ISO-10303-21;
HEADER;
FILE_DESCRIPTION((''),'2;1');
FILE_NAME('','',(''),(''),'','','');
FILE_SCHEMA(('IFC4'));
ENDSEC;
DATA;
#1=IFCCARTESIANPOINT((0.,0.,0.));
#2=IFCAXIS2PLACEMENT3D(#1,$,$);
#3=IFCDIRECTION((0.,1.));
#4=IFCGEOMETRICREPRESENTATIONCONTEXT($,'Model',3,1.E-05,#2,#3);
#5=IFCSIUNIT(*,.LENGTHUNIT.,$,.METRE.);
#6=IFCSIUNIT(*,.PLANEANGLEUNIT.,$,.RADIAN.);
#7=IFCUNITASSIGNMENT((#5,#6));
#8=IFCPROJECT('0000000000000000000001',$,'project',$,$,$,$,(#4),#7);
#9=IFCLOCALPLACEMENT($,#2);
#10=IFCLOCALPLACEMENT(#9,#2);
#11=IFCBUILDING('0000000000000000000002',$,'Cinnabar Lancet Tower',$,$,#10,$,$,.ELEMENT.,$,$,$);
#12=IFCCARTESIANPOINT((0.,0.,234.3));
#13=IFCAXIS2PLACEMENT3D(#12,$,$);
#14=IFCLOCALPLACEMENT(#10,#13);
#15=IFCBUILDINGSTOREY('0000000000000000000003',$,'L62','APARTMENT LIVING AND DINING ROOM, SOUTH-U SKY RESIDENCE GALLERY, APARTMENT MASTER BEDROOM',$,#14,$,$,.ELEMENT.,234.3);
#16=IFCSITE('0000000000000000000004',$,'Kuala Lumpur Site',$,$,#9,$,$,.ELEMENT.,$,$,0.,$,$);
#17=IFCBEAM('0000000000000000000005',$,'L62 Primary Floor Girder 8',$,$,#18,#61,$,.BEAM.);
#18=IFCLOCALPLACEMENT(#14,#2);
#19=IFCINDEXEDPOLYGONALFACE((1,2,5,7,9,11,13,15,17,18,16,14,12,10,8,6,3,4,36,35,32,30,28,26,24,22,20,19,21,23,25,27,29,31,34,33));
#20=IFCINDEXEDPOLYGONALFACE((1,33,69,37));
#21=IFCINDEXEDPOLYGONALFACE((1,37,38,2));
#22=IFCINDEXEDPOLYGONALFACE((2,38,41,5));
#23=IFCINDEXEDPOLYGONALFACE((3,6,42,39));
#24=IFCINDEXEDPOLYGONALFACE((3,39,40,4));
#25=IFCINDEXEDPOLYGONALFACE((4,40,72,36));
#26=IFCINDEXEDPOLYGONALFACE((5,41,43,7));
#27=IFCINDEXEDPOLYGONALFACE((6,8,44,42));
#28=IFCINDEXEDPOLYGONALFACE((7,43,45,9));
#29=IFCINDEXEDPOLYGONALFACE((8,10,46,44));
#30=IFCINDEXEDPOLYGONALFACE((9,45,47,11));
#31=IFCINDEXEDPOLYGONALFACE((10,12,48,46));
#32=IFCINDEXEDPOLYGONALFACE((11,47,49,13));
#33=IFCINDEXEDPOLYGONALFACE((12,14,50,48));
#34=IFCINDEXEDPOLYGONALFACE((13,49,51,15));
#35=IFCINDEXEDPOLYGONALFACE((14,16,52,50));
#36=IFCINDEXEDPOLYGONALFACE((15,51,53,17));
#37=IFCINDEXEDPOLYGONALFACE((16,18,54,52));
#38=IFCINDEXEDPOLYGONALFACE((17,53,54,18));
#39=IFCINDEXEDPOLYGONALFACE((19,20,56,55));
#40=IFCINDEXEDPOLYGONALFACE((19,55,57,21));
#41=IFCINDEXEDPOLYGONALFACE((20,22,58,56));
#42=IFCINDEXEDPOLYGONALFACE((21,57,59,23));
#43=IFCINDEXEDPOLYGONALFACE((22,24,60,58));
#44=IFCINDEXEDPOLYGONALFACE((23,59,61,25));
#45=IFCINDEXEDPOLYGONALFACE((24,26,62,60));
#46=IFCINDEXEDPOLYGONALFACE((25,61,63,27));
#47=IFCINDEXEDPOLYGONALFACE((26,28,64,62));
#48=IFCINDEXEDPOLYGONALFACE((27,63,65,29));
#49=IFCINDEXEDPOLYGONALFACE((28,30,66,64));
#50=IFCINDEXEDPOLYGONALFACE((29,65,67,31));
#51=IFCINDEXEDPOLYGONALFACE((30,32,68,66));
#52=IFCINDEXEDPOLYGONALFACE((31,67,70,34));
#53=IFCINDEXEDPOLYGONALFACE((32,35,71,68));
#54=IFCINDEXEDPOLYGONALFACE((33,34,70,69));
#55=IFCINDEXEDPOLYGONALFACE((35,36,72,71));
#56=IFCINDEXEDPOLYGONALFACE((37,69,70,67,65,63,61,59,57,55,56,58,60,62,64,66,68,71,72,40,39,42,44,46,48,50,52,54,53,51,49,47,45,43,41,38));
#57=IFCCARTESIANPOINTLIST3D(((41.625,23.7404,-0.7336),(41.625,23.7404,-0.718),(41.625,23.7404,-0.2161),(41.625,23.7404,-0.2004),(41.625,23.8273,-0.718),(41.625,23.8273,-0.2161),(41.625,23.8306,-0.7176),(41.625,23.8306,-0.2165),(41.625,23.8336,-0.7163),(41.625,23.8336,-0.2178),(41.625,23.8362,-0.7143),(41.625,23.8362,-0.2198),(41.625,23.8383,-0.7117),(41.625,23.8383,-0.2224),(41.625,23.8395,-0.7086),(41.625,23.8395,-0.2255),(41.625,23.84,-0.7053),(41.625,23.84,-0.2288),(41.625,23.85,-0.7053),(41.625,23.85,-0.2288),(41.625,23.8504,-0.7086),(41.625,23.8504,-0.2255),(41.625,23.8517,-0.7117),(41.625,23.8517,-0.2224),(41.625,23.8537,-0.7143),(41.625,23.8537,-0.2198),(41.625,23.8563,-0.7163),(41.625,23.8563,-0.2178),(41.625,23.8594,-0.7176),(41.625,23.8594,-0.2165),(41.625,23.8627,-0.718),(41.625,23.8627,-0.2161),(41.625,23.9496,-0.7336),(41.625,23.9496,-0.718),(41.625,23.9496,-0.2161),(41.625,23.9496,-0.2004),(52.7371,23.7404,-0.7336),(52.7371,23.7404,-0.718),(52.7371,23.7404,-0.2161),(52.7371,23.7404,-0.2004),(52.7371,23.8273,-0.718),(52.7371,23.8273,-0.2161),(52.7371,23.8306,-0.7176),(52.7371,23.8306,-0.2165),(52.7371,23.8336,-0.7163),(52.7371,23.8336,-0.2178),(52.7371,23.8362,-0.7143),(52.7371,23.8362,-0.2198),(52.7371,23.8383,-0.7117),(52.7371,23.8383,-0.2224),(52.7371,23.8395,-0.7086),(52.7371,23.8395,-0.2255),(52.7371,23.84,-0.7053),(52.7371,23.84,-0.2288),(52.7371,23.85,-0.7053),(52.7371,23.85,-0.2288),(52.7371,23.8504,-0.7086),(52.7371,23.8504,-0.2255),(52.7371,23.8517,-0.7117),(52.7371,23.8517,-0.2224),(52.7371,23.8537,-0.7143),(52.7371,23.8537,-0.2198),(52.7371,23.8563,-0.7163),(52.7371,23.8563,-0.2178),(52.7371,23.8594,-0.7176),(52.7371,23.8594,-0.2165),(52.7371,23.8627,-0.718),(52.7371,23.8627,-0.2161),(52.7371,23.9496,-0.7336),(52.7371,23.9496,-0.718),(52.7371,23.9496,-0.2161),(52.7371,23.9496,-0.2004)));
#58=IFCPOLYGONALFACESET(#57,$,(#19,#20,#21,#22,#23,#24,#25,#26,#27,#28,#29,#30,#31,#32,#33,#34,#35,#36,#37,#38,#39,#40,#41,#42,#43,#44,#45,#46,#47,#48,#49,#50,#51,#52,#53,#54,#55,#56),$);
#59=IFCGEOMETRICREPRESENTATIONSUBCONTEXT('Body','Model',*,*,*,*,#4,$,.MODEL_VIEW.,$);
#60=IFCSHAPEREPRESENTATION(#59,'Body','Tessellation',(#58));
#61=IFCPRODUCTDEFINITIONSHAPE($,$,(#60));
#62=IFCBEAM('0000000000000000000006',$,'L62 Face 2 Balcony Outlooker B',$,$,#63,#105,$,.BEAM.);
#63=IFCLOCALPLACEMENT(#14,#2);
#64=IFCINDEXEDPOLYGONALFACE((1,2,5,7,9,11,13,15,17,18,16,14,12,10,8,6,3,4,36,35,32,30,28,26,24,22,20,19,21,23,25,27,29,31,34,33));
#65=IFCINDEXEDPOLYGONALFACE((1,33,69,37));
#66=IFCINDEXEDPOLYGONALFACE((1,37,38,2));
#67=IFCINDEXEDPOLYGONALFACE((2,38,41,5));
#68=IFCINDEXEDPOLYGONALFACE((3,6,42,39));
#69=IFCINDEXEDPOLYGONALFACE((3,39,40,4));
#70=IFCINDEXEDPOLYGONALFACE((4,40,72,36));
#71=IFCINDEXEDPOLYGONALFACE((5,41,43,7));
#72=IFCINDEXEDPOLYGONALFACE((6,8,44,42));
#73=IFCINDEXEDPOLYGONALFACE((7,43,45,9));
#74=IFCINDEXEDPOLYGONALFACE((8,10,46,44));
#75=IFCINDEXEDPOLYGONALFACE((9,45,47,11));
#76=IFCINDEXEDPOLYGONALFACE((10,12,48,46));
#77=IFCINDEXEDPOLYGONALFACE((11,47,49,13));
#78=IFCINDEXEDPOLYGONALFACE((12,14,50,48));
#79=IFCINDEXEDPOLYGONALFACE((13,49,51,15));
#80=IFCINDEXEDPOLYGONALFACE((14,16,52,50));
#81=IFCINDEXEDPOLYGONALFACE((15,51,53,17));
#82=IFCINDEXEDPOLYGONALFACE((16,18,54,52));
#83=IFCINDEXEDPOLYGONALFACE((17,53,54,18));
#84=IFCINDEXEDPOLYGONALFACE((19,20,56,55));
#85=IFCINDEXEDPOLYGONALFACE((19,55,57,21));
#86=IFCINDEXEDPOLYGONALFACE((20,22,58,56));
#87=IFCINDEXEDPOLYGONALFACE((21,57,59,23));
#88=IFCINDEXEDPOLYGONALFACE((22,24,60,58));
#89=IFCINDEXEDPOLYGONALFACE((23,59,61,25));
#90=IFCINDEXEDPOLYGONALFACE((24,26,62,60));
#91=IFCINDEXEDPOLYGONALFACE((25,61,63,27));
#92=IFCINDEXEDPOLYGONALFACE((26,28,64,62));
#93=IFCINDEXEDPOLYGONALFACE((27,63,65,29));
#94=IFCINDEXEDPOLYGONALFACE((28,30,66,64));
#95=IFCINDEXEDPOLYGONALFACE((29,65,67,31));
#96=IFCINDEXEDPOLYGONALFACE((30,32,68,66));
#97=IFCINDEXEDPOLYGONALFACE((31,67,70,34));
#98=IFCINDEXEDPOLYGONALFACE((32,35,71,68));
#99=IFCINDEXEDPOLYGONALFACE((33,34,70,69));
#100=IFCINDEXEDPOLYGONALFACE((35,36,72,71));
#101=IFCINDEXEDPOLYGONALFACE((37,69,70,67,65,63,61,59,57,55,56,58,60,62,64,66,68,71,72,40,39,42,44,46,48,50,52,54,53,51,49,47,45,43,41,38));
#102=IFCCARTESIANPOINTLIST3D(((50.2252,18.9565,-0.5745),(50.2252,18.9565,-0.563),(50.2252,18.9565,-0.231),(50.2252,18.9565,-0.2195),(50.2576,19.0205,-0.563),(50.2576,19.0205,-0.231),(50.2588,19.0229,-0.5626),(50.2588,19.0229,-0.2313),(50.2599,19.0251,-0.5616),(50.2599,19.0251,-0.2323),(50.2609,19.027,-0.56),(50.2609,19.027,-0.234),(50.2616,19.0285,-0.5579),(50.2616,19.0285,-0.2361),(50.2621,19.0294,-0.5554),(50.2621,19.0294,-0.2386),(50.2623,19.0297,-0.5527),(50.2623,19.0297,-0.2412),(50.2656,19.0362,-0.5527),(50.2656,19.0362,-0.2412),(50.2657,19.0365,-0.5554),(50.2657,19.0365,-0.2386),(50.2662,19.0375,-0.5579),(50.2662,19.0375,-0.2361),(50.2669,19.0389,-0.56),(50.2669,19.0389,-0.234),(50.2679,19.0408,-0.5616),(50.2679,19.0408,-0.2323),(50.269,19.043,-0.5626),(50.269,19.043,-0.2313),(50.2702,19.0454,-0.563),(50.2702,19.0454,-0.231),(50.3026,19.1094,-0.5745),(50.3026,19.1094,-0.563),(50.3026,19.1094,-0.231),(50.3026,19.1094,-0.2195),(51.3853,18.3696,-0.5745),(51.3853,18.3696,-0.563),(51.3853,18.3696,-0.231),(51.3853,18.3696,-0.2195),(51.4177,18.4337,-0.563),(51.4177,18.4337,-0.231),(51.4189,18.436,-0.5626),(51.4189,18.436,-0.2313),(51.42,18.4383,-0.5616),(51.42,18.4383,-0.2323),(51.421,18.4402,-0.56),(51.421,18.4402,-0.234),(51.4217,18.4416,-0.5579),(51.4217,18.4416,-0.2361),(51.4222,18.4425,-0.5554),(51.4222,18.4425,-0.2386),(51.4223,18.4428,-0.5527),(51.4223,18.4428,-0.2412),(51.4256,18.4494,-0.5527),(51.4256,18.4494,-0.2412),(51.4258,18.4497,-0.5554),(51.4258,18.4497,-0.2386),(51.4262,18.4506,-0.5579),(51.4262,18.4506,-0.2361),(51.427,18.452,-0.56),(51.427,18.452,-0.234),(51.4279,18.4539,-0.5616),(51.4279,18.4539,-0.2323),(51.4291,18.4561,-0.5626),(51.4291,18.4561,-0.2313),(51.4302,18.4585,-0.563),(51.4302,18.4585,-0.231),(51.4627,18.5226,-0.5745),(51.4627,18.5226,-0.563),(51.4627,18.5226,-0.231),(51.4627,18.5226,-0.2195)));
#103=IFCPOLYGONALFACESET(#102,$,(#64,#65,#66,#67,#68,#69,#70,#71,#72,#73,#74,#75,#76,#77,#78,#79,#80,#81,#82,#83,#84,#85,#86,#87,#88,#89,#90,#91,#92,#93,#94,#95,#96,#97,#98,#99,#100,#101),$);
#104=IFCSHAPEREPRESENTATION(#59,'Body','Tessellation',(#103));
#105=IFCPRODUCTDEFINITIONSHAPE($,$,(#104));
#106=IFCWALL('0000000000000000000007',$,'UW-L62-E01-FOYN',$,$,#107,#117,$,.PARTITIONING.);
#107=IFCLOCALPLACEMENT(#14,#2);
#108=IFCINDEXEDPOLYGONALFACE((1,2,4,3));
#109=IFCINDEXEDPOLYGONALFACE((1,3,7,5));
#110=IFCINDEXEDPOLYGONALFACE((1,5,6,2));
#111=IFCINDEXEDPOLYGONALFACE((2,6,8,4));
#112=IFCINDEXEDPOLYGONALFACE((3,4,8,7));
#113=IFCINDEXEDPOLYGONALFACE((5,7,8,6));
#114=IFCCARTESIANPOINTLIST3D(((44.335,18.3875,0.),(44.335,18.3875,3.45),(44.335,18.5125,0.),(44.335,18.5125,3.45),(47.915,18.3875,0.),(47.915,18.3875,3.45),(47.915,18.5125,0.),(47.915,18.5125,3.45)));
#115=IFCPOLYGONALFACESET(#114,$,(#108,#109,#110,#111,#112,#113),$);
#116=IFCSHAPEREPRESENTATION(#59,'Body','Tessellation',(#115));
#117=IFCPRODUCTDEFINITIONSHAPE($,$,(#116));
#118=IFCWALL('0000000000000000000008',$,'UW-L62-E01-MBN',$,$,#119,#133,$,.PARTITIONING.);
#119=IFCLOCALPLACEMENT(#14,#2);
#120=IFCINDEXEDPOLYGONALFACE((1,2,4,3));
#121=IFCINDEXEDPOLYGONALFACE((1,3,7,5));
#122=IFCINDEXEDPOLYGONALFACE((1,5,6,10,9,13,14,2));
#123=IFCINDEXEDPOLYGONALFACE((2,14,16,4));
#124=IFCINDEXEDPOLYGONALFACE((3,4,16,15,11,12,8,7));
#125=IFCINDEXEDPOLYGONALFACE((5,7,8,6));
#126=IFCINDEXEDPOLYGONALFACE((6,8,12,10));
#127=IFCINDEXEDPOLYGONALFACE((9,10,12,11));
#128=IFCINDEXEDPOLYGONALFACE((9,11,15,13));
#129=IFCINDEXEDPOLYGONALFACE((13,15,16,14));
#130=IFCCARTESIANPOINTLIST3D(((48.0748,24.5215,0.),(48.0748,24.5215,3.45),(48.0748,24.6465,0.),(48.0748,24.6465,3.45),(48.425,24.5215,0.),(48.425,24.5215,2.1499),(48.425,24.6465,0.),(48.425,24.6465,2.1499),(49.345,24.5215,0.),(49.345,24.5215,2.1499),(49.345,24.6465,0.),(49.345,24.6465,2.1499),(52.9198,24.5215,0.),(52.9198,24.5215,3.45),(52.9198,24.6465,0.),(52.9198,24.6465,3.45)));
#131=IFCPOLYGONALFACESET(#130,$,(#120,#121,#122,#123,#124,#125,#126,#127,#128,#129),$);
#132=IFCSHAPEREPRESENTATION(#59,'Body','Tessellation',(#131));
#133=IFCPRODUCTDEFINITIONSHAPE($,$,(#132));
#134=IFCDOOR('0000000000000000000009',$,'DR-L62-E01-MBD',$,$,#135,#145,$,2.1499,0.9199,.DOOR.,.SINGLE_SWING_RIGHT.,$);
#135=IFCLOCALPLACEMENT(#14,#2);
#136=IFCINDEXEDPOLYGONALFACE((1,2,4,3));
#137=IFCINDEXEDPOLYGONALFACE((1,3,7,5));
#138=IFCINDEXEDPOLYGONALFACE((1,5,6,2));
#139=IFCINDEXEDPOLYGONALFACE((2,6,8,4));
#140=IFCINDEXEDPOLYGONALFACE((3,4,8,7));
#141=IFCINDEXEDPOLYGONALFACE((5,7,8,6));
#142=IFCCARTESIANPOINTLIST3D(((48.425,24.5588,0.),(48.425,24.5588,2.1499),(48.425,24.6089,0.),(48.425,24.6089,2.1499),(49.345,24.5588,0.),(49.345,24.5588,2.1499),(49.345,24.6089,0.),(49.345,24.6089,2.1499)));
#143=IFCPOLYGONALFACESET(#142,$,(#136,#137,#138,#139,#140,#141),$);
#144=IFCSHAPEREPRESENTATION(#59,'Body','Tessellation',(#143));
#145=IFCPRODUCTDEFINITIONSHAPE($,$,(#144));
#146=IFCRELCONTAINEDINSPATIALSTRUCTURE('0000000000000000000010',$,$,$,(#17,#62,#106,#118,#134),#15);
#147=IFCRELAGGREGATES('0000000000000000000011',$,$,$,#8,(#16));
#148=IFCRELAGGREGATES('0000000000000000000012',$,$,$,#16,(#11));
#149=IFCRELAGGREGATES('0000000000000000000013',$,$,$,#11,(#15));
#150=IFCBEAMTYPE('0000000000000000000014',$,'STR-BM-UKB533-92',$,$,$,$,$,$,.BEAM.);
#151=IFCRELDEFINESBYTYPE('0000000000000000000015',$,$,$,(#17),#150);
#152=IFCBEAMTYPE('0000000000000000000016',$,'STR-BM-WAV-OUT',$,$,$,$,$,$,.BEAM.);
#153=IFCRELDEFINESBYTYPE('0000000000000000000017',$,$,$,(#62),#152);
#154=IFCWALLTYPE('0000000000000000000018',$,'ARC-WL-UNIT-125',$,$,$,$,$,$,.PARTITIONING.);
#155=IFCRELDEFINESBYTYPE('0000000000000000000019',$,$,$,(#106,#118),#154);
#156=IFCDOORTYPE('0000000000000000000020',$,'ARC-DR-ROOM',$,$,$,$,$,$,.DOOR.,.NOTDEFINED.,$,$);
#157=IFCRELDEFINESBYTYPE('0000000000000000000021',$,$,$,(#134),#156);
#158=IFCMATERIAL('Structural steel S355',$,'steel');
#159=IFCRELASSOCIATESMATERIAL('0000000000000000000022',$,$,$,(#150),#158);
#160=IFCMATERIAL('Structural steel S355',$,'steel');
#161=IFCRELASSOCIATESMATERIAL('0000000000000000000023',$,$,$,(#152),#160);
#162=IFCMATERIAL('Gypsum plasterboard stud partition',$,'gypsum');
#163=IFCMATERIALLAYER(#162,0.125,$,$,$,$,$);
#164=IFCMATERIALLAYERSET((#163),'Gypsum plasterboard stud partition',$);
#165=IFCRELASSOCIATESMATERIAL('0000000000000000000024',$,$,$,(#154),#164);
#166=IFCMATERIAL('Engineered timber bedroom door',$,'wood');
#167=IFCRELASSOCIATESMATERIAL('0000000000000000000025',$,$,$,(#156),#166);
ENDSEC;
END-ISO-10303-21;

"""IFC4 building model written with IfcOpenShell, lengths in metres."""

from ifc_helpers import new_model, si_unit, direction, frame, frame_2d, origin, origin_2d, place, context, subcontext, project, spatial, rectangle, i_section, extrude, material, layer, layer_set, material_profile, profile_set, type_object, element, fill, save


model = new_model("IFC4")

# Units and contexts
model_context = context("Model", 3, precision=1e-05, world=origin(), true_north=direction((0.0, 1.0)))
body_context = subcontext(model_context, "Body", "Model", "MODEL_VIEW")
ifc_project = project(units=[si_unit("LENGTHUNIT", "METRE"), si_unit("PLANEANGLEUNIT", "RADIAN")], contexts=[model_context])

# Site, building, storey
site_placement = place(None, origin())
site = spatial("IfcSite", under=ifc_project, at=site_placement, Name="Kuala Lumpur Site", CompositionType="ELEMENT", RefElevation=0.0)
building_placement = place(site_placement, origin())
building = spatial("IfcBuilding", under=site, at=building_placement, Name="Cinnabar Lancet Tower", CompositionType="ELEMENT")
storey_placement = place(building_placement, frame((0.0, 0.0, 234.3)))
storey = spatial("IfcBuildingStorey", under=building, at=storey_placement, Name="L62", Description="APARTMENT LIVING AND DINING ROOM, SOUTH-U SKY RESIDENCE GALLERY, APARTMENT MASTER BEDROOM", CompositionType="ELEMENT", Elevation=234.3)

# Beams
ifc_material_1 = material(Name="Structural steel S355", Category="steel")
ifc_material_profile_1 = material_profile(ifc_material_1, i_section(OverallWidth=0.2092, OverallDepth=0.5332, WebThickness=0.01, FlangeThickness=0.0156, FilletRadius=0.0127, at=origin_2d()), Name="UKB 533x210x92")
ifc_profile_set_1 = profile_set([ifc_material_profile_1], Name="Structural steel S355")
beam_type_1 = type_object("IfcBeamType", Name="STR-BM-UKB533-92", PredefinedType="BEAM", material=ifc_profile_set_1)
beam_1_placement = place(storey_placement, frame((52.7371, 23.845, -0.467), z_axis=(-1.0, 0.0, 0.0), x_axis=(0.0, -1.0, 0.0)))
element("IfcBeam", 1, at=beam_1_placement, inside=storey, type_object=beam_type_1, Name="L62 Primary Floor Girder 8", PredefinedType="BEAM", context=body_context, shape_type="SweptSolid", body=[
    extrude(i_section(OverallWidth=0.2092, OverallDepth=0.5332, WebThickness=0.01, FlangeThickness=0.0156, FilletRadius=0.0127, at=origin_2d()), origin(), (0.0, 0.0, 1.0), 11.1121),
])
ifc_material_2 = material(Name="Structural steel S355", Category="steel")
ifc_material_profile_2 = material_profile(ifc_material_2, i_section(OverallWidth=0.1714, OverallDepth=0.355, WebThickness=0.0073, FlangeThickness=0.0115, FilletRadius=0.0103, at=origin_2d()), Name="UKB 356x171x51")
ifc_profile_set_2 = profile_set([ifc_material_profile_2], Name="Structural steel S355")
beam_type_2 = type_object("IfcBeamType", Name="STR-BM-WAV-OUT", PredefinedType="BEAM", material=ifc_profile_set_2)
beam_2_placement = place(storey_placement, frame((50.2639, 19.033, -0.397), z_axis=(0.892314, -0.451415, 0.0), x_axis=(0.451415, 0.892314, 0.0)))
element("IfcBeam", 2, at=beam_2_placement, inside=storey, type_object=beam_type_2, Name="L62 Face 2 Balcony Outlooker B", PredefinedType="BEAM", context=body_context, shape_type="SweptSolid", body=[
    extrude(i_section(OverallWidth=0.1714, OverallDepth=0.355, WebThickness=0.0073, FlangeThickness=0.0115, FilletRadius=0.0103, at=origin_2d()), origin(), (0.0, 0.0, 1.0), 1.3),
])

# Wall
ifc_material_3 = material(Name="Gypsum plasterboard stud partition", Category="gypsum")
ifc_layer_1 = layer(ifc_material_3, 0.125)
ifc_layer_set_1 = layer_set([ifc_layer_1], Name="Gypsum plasterboard stud partition")
wall_type_1 = type_object("IfcWallType", Name="ARC-WL-UNIT-125", PredefinedType="PARTITIONING", material=ifc_layer_set_1)
wall_1_placement = place(storey_placement, frame((44.335, 18.45, 0.0), z_axis=(0.0, 0.0, 1.0), x_axis=(1.0, 0.0, 0.0)))
element("IfcWall", 3, at=wall_1_placement, inside=storey, type_object=wall_type_1, Name="UW-L62-E01-FOYN", PredefinedType="PARTITIONING", context=body_context, shape_type="SweptSolid", body=[
    extrude(rectangle(XDim=3.5801, YDim=0.125, at=frame_2d((1.79, 0.0))), origin(), (0.0, 0.0, 1.0), 3.45),
])

# Wall, opening, door
wall_2_placement = place(storey_placement, frame((48.075, 24.584, 0.0), z_axis=(0.0, 0.0, 1.0), x_axis=(1.0, 0.0, 0.0)))
wall_2 = element("IfcWall", 4, at=wall_2_placement, inside=storey, type_object=wall_type_1, Name="UW-L62-E01-MBN", PredefinedType="PARTITIONING", context=body_context, shape_type="SweptSolid", body=[
    extrude(rectangle(XDim=4.845, YDim=0.125, at=frame_2d((2.4224, 0.0))), origin(), (0.0, 0.0, 1.0), 3.45),
])
opening_1_placement = place(wall_2_placement, frame((0.3501, 0.0, 0.0)))
opening_1 = element("IfcOpeningElement", 5, at=opening_1_placement, cuts=wall_2, PredefinedType="OPENING", context=body_context, shape_type="SweptSolid", body=[
    extrude(rectangle(XDim=0.9199, YDim=2.1499, at=frame_2d((0.46, 1.075))), frame((0.0, 0.0725, 0.0), z_axis=(0.0, -1.0, 0.0), x_axis=(1.0, 0.0, 0.0)), (0.0, 0.0, 1.0), 0.145),
])
ifc_material_4 = material(Name="Engineered timber bedroom door", Category="wood")
door_type_1 = type_object("IfcDoorType", Name="ARC-DR-ROOM", OperationType="NOTDEFINED", PredefinedType="DOOR", material=ifc_material_4)
door_1_placement = place(opening_1_placement, origin())
door_1 = element("IfcDoor", 6, at=door_1_placement, inside=storey, type_object=door_type_1, Name="DR-L62-E01-MBD", OperationType="SINGLE_SWING_RIGHT", OverallHeight=2.1499, OverallWidth=0.9199, PredefinedType="DOOR", context=body_context, shape_type="SweptSolid", body=[
    extrude(rectangle(XDim=0.9199, YDim=2.1499, at=frame_2d((0.46, 1.075))), frame((0.0, 0.0249, 0.0), z_axis=(0.0, -1.0, 0.0), x_axis=(1.0, 0.0, 0.0)), (0.0, 0.0, 1.0), 0.05),
])
fill(opening_1, door_1)

save(model, "model.ifc")
